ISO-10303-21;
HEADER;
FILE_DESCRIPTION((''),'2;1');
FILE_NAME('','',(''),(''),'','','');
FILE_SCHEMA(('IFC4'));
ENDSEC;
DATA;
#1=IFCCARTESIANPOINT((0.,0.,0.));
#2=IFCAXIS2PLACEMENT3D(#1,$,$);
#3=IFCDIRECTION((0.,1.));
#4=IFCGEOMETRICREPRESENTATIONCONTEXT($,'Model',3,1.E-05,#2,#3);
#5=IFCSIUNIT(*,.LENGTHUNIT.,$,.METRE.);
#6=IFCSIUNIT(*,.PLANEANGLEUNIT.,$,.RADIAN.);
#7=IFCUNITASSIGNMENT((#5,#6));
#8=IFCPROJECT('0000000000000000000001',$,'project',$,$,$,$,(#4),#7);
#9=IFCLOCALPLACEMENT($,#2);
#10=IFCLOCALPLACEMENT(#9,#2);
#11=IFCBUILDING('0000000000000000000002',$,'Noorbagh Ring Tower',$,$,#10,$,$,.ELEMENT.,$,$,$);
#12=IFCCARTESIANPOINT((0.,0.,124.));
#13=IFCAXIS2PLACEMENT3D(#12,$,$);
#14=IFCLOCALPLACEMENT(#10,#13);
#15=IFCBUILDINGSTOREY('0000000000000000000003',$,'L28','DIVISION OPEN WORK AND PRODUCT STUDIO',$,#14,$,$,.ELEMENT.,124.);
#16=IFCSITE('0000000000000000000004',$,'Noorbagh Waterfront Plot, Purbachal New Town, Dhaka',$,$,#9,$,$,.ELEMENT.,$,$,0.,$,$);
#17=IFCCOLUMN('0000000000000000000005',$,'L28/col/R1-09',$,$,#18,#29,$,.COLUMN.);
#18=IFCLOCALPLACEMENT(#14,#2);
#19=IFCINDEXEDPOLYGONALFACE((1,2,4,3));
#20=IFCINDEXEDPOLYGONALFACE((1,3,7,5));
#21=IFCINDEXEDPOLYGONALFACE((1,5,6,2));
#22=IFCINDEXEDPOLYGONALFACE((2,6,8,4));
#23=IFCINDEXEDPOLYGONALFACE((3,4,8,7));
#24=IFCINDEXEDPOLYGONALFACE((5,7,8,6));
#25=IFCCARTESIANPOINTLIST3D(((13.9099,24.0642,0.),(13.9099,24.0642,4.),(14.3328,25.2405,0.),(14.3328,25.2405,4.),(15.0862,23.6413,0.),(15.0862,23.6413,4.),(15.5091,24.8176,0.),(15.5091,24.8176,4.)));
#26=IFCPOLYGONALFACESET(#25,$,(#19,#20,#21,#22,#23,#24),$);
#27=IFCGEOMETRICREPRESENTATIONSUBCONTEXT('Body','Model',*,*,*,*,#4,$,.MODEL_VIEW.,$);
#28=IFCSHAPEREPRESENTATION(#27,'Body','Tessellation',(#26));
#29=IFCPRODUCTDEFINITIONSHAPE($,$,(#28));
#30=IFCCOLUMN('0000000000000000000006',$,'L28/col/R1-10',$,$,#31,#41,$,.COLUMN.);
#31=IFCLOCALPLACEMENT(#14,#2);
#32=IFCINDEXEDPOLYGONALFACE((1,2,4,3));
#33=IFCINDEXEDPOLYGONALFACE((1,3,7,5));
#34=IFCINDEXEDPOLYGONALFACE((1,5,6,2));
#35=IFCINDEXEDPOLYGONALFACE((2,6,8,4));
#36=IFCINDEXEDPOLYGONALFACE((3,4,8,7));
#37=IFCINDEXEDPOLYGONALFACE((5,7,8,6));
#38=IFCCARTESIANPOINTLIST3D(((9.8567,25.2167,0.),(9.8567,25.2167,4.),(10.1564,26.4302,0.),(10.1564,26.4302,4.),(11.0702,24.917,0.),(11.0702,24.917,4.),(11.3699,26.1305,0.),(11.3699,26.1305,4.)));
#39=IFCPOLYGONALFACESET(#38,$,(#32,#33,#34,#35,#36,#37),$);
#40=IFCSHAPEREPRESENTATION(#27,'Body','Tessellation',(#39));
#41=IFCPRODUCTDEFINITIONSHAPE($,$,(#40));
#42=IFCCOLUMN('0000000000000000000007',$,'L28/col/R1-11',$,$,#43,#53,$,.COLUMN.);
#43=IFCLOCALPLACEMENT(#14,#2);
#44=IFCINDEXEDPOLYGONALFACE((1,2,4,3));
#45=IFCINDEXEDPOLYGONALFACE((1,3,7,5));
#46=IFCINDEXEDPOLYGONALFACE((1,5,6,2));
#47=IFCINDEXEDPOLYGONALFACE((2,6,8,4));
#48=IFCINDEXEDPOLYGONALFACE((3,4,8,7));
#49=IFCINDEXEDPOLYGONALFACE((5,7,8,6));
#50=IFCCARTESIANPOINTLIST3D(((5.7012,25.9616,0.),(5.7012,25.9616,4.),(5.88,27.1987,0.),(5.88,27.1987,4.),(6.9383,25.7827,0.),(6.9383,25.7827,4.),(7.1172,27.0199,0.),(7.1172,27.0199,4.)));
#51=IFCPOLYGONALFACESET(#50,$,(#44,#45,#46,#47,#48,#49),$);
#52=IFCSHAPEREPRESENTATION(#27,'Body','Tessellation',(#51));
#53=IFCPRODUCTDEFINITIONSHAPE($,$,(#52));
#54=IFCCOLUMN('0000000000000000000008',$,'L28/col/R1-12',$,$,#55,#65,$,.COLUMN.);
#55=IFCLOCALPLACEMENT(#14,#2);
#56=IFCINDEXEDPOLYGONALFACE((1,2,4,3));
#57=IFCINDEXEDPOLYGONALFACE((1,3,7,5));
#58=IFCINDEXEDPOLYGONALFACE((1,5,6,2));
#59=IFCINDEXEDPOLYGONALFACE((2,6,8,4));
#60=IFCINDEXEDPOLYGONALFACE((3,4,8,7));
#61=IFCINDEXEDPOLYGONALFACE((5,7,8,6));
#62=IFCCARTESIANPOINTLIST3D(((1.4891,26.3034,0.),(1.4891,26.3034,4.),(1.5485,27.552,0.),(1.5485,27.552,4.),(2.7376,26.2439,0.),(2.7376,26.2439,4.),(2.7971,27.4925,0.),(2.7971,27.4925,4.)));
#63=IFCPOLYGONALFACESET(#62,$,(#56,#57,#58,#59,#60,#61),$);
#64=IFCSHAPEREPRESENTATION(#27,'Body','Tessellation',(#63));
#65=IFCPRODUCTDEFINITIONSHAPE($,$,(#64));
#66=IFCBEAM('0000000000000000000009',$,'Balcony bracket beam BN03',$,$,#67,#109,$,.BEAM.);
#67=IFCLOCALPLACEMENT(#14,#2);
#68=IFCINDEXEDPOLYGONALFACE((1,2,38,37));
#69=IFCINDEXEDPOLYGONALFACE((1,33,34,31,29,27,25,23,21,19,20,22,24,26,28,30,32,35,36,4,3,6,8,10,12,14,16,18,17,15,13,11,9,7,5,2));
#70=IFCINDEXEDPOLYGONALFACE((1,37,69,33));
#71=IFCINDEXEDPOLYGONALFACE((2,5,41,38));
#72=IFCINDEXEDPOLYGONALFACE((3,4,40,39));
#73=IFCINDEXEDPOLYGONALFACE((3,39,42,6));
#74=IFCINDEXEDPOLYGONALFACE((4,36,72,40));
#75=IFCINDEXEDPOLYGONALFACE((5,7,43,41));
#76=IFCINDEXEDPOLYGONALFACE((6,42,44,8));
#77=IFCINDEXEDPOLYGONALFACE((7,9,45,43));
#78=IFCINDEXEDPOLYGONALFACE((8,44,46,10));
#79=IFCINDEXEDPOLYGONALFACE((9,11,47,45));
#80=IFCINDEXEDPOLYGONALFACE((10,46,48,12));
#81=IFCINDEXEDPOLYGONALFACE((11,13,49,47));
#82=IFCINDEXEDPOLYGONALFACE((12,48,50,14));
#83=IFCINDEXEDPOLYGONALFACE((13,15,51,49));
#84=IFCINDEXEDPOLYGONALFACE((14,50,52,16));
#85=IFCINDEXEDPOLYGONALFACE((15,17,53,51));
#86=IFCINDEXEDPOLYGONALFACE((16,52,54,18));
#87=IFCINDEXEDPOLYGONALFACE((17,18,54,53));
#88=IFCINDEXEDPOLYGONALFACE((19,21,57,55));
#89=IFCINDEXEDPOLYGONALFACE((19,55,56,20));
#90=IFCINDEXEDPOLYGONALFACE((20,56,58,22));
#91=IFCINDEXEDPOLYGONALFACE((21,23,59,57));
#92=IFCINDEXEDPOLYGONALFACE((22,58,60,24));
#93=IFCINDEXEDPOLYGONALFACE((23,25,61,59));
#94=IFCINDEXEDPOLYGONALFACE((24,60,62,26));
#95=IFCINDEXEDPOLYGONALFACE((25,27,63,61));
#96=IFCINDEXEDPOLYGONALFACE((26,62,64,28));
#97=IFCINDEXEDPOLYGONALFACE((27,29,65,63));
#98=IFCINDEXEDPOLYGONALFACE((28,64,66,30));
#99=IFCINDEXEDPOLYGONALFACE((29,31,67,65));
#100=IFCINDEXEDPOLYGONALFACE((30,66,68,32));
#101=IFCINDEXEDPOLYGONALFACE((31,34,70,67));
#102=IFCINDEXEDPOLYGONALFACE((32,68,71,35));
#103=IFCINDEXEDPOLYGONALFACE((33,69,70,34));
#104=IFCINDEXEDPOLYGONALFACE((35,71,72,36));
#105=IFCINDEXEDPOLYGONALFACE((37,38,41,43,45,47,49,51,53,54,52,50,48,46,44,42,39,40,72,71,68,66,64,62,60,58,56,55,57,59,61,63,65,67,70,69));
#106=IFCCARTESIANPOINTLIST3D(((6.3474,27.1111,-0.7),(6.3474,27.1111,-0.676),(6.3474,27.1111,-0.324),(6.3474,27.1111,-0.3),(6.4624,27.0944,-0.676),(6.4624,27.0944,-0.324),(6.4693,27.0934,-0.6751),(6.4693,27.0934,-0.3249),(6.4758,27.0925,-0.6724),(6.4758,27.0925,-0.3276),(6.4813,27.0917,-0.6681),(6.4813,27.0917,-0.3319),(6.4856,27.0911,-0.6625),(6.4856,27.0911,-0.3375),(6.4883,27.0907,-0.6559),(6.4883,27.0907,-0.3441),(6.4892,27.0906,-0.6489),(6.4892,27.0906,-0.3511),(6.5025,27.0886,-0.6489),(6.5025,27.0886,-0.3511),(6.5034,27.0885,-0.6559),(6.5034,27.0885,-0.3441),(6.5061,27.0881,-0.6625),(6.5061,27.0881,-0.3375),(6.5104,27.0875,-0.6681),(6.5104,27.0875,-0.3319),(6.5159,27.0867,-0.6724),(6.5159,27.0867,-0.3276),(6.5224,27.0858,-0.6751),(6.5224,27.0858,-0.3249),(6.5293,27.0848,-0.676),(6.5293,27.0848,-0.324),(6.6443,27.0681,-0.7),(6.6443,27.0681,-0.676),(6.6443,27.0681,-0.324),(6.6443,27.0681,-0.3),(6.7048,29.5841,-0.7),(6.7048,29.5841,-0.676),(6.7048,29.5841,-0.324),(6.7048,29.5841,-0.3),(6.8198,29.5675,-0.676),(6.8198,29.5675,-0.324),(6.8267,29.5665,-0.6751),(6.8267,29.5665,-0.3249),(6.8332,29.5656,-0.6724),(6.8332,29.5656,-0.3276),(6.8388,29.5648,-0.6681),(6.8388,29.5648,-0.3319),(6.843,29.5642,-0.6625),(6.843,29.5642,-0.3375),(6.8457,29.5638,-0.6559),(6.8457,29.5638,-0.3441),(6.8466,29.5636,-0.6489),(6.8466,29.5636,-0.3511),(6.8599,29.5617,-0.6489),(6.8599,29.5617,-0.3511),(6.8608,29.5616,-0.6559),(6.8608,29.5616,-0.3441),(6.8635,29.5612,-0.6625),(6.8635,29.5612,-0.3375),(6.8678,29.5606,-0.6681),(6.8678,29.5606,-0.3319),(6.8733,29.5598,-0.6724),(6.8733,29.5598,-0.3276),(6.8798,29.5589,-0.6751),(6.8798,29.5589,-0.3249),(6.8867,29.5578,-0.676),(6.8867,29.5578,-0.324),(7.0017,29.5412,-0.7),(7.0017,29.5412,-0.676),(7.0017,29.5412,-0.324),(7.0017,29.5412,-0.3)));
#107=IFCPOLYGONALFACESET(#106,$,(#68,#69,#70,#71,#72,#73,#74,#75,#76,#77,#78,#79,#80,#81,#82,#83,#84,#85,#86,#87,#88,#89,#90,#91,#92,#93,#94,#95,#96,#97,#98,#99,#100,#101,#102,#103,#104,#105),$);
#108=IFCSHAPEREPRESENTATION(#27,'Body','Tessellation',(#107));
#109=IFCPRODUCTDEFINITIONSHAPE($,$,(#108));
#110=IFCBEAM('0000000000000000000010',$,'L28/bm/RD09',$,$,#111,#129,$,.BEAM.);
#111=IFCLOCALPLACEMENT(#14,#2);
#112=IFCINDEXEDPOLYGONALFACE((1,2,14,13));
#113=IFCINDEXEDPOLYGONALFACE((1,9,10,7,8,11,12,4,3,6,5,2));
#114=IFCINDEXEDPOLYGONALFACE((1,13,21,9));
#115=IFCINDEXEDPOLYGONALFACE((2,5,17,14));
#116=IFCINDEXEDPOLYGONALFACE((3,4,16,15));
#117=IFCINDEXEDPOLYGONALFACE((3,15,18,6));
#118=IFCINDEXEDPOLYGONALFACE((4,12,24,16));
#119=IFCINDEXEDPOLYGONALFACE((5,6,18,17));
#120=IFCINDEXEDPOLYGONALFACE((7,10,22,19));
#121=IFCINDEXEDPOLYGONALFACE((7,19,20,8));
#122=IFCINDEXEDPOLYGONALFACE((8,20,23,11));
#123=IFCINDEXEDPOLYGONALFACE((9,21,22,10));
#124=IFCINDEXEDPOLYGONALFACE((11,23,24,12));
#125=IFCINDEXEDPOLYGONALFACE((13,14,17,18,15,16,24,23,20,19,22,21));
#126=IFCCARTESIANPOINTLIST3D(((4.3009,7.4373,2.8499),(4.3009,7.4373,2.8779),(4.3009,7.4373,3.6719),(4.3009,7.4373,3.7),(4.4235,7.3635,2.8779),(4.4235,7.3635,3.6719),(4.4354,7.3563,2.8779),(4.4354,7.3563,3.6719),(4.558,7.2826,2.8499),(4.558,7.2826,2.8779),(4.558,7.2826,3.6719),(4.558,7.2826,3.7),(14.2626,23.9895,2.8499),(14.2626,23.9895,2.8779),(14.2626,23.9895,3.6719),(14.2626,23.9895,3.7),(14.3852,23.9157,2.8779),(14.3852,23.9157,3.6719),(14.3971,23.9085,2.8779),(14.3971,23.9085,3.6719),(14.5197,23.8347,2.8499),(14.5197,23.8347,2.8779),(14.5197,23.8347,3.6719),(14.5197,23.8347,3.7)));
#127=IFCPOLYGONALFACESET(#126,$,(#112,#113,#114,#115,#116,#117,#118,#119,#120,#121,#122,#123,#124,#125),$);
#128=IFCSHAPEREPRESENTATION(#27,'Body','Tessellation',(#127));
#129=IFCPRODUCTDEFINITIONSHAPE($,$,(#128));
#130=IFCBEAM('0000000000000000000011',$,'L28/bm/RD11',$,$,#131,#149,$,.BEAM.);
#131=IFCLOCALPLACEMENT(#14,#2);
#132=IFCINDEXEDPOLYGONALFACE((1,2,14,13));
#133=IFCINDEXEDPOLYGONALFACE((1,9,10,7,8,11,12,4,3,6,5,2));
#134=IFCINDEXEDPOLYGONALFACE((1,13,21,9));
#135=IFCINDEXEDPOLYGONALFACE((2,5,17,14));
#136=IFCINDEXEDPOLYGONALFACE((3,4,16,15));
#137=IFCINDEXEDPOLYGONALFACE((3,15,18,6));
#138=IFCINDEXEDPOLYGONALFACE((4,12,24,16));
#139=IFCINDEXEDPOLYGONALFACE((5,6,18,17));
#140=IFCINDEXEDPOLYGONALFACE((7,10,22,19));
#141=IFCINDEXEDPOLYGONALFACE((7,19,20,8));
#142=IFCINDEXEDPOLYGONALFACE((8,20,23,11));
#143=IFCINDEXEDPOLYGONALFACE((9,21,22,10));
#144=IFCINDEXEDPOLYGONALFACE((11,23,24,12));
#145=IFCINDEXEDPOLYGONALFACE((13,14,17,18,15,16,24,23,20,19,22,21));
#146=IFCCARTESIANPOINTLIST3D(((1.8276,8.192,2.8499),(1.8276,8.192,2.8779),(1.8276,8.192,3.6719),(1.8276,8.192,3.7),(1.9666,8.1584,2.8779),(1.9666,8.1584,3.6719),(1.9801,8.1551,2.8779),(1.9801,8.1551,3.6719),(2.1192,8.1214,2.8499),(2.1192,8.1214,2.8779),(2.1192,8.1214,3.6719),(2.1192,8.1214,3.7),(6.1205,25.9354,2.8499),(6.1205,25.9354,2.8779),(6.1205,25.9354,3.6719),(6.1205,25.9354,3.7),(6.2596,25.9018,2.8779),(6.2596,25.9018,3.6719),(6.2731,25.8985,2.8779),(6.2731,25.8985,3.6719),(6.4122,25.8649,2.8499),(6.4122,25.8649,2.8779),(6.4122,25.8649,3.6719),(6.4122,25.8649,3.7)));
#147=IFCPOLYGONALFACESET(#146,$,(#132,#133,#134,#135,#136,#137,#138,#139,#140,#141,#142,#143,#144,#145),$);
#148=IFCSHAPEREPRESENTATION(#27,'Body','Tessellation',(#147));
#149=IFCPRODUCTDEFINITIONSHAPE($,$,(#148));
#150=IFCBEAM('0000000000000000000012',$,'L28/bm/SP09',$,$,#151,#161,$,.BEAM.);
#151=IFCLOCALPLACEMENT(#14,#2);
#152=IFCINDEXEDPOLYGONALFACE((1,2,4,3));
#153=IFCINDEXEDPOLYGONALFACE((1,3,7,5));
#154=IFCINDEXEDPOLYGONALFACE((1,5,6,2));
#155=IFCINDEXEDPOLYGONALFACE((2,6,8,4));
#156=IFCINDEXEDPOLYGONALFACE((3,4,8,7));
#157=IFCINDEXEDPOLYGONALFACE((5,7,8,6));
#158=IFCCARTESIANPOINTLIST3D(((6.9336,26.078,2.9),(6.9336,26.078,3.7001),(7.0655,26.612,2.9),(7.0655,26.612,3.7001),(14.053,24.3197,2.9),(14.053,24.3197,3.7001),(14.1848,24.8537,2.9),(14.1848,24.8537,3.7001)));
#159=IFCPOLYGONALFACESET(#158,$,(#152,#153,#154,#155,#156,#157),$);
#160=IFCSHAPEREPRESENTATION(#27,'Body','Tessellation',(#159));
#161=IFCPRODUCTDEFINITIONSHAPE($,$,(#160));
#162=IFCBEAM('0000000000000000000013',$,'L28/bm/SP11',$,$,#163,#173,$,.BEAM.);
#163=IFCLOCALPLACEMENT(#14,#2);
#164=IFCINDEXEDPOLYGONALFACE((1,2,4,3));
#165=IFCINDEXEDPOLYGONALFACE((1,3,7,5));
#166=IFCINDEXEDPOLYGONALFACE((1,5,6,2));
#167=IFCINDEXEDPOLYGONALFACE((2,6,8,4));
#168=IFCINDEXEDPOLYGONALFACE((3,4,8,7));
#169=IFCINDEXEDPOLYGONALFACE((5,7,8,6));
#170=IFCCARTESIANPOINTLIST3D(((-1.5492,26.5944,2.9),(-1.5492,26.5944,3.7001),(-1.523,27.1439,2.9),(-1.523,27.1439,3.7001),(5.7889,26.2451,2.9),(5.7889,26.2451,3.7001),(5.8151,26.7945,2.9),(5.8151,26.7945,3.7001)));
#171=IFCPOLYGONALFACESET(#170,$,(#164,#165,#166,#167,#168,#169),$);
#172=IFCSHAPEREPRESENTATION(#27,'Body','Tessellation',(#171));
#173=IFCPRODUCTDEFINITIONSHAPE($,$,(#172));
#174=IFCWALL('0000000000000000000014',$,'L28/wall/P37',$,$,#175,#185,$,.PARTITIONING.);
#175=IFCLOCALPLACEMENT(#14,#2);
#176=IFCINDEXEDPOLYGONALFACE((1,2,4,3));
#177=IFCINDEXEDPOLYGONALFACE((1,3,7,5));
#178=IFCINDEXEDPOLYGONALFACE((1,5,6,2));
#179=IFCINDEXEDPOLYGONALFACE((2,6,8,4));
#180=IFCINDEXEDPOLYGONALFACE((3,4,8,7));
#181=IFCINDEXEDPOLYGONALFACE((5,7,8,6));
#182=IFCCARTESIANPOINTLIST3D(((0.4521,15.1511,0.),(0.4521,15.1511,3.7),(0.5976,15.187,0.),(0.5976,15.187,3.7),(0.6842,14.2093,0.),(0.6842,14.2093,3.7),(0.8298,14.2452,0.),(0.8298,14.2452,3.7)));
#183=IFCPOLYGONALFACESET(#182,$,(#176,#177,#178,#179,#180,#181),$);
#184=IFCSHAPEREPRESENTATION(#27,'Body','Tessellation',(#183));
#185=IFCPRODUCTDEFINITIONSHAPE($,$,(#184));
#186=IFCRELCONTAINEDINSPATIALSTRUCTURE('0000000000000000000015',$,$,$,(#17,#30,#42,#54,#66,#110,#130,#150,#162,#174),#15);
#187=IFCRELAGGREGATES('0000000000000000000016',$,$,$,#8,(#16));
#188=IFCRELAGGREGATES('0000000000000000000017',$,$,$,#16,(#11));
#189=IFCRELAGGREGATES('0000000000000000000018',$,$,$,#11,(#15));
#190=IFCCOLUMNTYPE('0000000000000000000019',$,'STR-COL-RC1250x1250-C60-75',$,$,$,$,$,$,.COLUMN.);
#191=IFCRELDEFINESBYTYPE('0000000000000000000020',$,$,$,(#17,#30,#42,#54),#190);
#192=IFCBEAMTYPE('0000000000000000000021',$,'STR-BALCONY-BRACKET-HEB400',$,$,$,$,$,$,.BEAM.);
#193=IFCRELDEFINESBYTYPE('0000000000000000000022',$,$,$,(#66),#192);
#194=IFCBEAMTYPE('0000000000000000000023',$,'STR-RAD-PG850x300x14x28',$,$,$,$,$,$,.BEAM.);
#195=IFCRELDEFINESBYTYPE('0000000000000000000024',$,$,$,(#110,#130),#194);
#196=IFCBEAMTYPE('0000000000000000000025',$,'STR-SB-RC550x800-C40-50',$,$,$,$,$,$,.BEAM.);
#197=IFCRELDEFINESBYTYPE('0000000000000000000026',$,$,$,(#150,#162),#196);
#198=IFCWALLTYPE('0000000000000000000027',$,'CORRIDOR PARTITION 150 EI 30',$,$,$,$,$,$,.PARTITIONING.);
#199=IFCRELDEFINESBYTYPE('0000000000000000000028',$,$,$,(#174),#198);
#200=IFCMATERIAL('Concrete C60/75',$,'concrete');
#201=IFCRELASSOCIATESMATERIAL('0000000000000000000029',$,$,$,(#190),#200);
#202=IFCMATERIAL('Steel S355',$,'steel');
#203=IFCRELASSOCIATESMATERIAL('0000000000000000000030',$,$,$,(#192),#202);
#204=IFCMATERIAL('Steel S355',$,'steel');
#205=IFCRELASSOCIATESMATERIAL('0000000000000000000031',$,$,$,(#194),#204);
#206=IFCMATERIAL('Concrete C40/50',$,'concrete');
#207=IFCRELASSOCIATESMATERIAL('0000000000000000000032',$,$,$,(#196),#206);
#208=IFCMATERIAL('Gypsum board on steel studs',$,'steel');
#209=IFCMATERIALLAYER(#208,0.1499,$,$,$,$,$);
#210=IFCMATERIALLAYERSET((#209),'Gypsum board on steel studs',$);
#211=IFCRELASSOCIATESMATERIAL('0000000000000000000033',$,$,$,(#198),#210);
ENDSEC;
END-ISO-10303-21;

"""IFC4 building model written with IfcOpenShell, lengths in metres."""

from ifc_helpers import new_model, si_unit, direction, frame, frame_2d, origin, origin_2d, place, context, subcontext, project, spatial, rectangle, i_section, extrude, material, layer, layer_set, material_profile, profile_set, type_object, element, save


model = new_model("IFC4")

# Units and contexts
model_context = context("Model", 3, precision=1e-05, world=origin(), true_north=direction((0.0, 1.0)))
body_context = subcontext(model_context, "Body", "Model", "MODEL_VIEW")
ifc_project = project(units=[si_unit("LENGTHUNIT", "METRE"), si_unit("PLANEANGLEUNIT", "RADIAN")], contexts=[model_context])

# Site, building, storey
site_placement = place(None, origin())
site = spatial("IfcSite", under=ifc_project, at=site_placement, Name="Noorbagh Waterfront Plot, Purbachal New Town, Dhaka", CompositionType="ELEMENT", RefElevation=0.0)
building_placement = place(site_placement, origin())
building = spatial("IfcBuilding", under=site, at=building_placement, Name="Noorbagh Ring Tower", CompositionType="ELEMENT")
storey_placement = place(building_placement, frame((0.0, 0.0, 124.0)))
storey = spatial("IfcBuildingStorey", under=building, at=storey_placement, Name="L28", Description="DIVISION OPEN WORK AND PRODUCT STUDIO", CompositionType="ELEMENT", Elevation=124.0)

# Columns
ifc_material_1 = material(Name="Concrete C60/75", Category="concrete")
ifc_material_profile_1 = material_profile(ifc_material_1, rectangle(XDim=1.25, YDim=1.25, at=origin_2d()), Name="RC1250x1250")
ifc_profile_set_1 = profile_set([ifc_material_profile_1], Name="Concrete C60/75")
column_type = type_object("IfcColumnType", Name="STR-COL-RC1250x1250-C60-75", PredefinedType="COLUMN", material=ifc_profile_set_1)
for number, where, z_axis, x_axis, name in (
    (1, (14.7095, 24.4409, 0.0), (0.0, 0.0, 1.0), (-0.941025, 0.338338, 0.0), "L28/col/R1-09"),
    (2, (10.6133, 25.6736, 0.0), (0.0, 0.0, 1.0), (-0.970829, 0.239771, 0.0), "L28/col/R1-10"),
    (3, (6.4092, 26.4907, 0.0), (0.0, 0.0, 1.0), (-0.989713, 0.143066, 0.0), "L28/col/R1-11"),
    (4, (2.1431, 26.8979, 0.0), (0.0, 0.0, 1.0), (-0.998869, 0.047553, 0.0), "L28/col/R1-12"),
):
    element("IfcColumn", number, at=place(storey_placement, frame(where, z_axis=z_axis, x_axis=x_axis)), inside=storey, type_object=column_type, Name=name, PredefinedType="COLUMN", context=body_context, shape_type="SweptSolid", body=[
        extrude(rectangle(XDim=1.25, YDim=1.25, at=origin_2d()), origin(), (0.0, 0.0, 1.0), 4.0),
    ])

# Beams
ifc_material_2 = material(Name="Steel S355", Category="steel")
ifc_material_profile_2 = material_profile(ifc_material_2, i_section(OverallWidth=0.3, OverallDepth=0.3999, WebThickness=0.0134, FlangeThickness=0.0239, FilletRadius=0.0271, at=origin_2d()), Name="HEB400")
ifc_profile_set_2 = profile_set([ifc_material_profile_2], Name="Steel S355")
beam_type_1 = type_object("IfcBeamType", Name="STR-BALCONY-BRACKET-HEB400", PredefinedType="BEAM", material=ifc_profile_set_2)
beam_1_placement = place(storey_placement, frame((6.4958, 27.0896, -0.5), z_axis=(0.143035, 0.989718, 0.0), x_axis=(-0.989718, 0.143035, 0.0)))
element("IfcBeam", 5, at=beam_1_placement, inside=storey, type_object=beam_type_1, Name="Balcony bracket beam BN03", PredefinedType="BEAM", context=body_context, shape_type="SweptSolid", body=[
    extrude(i_section(OverallWidth=0.3, OverallDepth=0.3999, WebThickness=0.0134, FlangeThickness=0.0239, FilletRadius=0.0271, at=origin_2d()), origin(), (0.0, 0.0, 1.0), 2.4988),
])
ifc_material_3 = material(Name="Steel S355", Category="steel")
ifc_material_profile_3 = material_profile(ifc_material_3, i_section(OverallWidth=0.3, OverallDepth=0.8501, WebThickness=0.0139, FlangeThickness=0.0281, at=origin_2d()), Name="PG850x300x14x28")
ifc_profile_set_3 = profile_set([ifc_material_profile_3], Name="Steel S355")
beam_type_2 = type_object("IfcBeamType", Name="STR-RAD-PG850x300x14x28", PredefinedType="BEAM", material=ifc_profile_set_3)
beam_2_placement = place(storey_placement, frame((14.3911, 23.9121, 3.2749), z_axis=(-0.515649, -0.8568, 0.0), x_axis=(0.8568, -0.515649, 0.0)))
element("IfcBeam", 6, at=beam_2_placement, inside=storey, type_object=beam_type_2, Name="L28/bm/RD09", PredefinedType="BEAM", context=body_context, shape_type="SweptSolid", body=[
    extrude(i_section(OverallWidth=0.3, OverallDepth=0.8501, WebThickness=0.0139, FlangeThickness=0.0281, at=origin_2d()), origin(), (0.0, 0.0, 1.0), 19.3186),
])
beam_3_placement = place(storey_placement, frame((6.2664, 25.9001, 3.2749), z_axis=(-0.235162, -0.971956, 0.0), x_axis=(0.971956, -0.235162, 0.0)))
element("IfcBeam", 7, at=beam_3_placement, inside=storey, type_object=beam_type_2, Name="L28/bm/RD11", PredefinedType="BEAM", context=body_context, shape_type="SweptSolid", body=[
    extrude(i_section(OverallWidth=0.3, OverallDepth=0.8501, WebThickness=0.0139, FlangeThickness=0.0281, at=origin_2d()), origin(), (0.0, 0.0, 1.0), 18.2554),
])
ifc_material_4 = material(Name="Concrete C40/50", Category="concrete")
ifc_material_profile_4 = material_profile(ifc_material_4, rectangle(XDim=0.55, YDim=0.8, at=origin_2d()), Name="RC550x800")
ifc_profile_set_4 = profile_set([ifc_material_profile_4], Name="Concrete C40/50")
beam_type_3 = type_object("IfcBeamType", Name="STR-SB-RC550x800-C40-50", PredefinedType="BEAM", material=ifc_profile_set_4)
beam_4_placement = place(storey_placement, frame((14.1189, 24.5867, 3.3), z_axis=(-0.97083, 0.239769, 0.0), x_axis=(-0.239769, -0.97083, 0.0)))
element("IfcBeam", 8, at=beam_4_placement, inside=storey, type_object=beam_type_3, Name="L28/bm/SP09", PredefinedType="BEAM", context=body_context, shape_type="SweptSolid", body=[
    extrude(rectangle(XDim=0.55, YDim=0.8, at=origin_2d()), origin(), (0.0, 0.0, 1.0), 7.3333),
])
beam_5_placement = place(storey_placement, frame((5.802, 26.5198, 3.3), z_axis=(-0.998869, 0.047556, 0.0), x_axis=(-0.047556, -0.998869, 0.0)))
element("IfcBeam", 9, at=beam_5_placement, inside=storey, type_object=beam_type_3, Name="L28/bm/SP11", PredefinedType="BEAM", context=body_context, shape_type="SweptSolid", body=[
    extrude(rectangle(XDim=0.55, YDim=0.8, at=origin_2d()), origin(), (0.0, 0.0, 1.0), 7.3464),
])

# Wall
ifc_material_5 = material(Name="Gypsum board on steel studs", Category="steel")
ifc_layer_1 = layer(ifc_material_5, 0.1499)
ifc_layer_set_1 = layer_set([ifc_layer_1], Name="Gypsum board on steel studs")
wall_type_1 = type_object("IfcWallType", Name="CORRIDOR PARTITION 150 EI 30", PredefinedType="PARTITIONING", material=ifc_layer_set_1)
wall_1_placement = place(storey_placement, frame((0.5249, 15.1689, 0.0), z_axis=(0.0, 0.0, 1.0), x_axis=(0.239337, -0.970937, 0.0)))
element("IfcWall", 10, at=wall_1_placement, inside=storey, type_object=wall_type_1, Name="L28/wall/P37", PredefinedType="PARTITIONING", context=body_context, shape_type="SweptSolid", body=[
    extrude(rectangle(XDim=0.97, YDim=0.1499, at=frame_2d((0.4849, 0.0))), origin(), (0.0, 0.0, 1.0), 3.7),
])

save(model, "model.ifc")
